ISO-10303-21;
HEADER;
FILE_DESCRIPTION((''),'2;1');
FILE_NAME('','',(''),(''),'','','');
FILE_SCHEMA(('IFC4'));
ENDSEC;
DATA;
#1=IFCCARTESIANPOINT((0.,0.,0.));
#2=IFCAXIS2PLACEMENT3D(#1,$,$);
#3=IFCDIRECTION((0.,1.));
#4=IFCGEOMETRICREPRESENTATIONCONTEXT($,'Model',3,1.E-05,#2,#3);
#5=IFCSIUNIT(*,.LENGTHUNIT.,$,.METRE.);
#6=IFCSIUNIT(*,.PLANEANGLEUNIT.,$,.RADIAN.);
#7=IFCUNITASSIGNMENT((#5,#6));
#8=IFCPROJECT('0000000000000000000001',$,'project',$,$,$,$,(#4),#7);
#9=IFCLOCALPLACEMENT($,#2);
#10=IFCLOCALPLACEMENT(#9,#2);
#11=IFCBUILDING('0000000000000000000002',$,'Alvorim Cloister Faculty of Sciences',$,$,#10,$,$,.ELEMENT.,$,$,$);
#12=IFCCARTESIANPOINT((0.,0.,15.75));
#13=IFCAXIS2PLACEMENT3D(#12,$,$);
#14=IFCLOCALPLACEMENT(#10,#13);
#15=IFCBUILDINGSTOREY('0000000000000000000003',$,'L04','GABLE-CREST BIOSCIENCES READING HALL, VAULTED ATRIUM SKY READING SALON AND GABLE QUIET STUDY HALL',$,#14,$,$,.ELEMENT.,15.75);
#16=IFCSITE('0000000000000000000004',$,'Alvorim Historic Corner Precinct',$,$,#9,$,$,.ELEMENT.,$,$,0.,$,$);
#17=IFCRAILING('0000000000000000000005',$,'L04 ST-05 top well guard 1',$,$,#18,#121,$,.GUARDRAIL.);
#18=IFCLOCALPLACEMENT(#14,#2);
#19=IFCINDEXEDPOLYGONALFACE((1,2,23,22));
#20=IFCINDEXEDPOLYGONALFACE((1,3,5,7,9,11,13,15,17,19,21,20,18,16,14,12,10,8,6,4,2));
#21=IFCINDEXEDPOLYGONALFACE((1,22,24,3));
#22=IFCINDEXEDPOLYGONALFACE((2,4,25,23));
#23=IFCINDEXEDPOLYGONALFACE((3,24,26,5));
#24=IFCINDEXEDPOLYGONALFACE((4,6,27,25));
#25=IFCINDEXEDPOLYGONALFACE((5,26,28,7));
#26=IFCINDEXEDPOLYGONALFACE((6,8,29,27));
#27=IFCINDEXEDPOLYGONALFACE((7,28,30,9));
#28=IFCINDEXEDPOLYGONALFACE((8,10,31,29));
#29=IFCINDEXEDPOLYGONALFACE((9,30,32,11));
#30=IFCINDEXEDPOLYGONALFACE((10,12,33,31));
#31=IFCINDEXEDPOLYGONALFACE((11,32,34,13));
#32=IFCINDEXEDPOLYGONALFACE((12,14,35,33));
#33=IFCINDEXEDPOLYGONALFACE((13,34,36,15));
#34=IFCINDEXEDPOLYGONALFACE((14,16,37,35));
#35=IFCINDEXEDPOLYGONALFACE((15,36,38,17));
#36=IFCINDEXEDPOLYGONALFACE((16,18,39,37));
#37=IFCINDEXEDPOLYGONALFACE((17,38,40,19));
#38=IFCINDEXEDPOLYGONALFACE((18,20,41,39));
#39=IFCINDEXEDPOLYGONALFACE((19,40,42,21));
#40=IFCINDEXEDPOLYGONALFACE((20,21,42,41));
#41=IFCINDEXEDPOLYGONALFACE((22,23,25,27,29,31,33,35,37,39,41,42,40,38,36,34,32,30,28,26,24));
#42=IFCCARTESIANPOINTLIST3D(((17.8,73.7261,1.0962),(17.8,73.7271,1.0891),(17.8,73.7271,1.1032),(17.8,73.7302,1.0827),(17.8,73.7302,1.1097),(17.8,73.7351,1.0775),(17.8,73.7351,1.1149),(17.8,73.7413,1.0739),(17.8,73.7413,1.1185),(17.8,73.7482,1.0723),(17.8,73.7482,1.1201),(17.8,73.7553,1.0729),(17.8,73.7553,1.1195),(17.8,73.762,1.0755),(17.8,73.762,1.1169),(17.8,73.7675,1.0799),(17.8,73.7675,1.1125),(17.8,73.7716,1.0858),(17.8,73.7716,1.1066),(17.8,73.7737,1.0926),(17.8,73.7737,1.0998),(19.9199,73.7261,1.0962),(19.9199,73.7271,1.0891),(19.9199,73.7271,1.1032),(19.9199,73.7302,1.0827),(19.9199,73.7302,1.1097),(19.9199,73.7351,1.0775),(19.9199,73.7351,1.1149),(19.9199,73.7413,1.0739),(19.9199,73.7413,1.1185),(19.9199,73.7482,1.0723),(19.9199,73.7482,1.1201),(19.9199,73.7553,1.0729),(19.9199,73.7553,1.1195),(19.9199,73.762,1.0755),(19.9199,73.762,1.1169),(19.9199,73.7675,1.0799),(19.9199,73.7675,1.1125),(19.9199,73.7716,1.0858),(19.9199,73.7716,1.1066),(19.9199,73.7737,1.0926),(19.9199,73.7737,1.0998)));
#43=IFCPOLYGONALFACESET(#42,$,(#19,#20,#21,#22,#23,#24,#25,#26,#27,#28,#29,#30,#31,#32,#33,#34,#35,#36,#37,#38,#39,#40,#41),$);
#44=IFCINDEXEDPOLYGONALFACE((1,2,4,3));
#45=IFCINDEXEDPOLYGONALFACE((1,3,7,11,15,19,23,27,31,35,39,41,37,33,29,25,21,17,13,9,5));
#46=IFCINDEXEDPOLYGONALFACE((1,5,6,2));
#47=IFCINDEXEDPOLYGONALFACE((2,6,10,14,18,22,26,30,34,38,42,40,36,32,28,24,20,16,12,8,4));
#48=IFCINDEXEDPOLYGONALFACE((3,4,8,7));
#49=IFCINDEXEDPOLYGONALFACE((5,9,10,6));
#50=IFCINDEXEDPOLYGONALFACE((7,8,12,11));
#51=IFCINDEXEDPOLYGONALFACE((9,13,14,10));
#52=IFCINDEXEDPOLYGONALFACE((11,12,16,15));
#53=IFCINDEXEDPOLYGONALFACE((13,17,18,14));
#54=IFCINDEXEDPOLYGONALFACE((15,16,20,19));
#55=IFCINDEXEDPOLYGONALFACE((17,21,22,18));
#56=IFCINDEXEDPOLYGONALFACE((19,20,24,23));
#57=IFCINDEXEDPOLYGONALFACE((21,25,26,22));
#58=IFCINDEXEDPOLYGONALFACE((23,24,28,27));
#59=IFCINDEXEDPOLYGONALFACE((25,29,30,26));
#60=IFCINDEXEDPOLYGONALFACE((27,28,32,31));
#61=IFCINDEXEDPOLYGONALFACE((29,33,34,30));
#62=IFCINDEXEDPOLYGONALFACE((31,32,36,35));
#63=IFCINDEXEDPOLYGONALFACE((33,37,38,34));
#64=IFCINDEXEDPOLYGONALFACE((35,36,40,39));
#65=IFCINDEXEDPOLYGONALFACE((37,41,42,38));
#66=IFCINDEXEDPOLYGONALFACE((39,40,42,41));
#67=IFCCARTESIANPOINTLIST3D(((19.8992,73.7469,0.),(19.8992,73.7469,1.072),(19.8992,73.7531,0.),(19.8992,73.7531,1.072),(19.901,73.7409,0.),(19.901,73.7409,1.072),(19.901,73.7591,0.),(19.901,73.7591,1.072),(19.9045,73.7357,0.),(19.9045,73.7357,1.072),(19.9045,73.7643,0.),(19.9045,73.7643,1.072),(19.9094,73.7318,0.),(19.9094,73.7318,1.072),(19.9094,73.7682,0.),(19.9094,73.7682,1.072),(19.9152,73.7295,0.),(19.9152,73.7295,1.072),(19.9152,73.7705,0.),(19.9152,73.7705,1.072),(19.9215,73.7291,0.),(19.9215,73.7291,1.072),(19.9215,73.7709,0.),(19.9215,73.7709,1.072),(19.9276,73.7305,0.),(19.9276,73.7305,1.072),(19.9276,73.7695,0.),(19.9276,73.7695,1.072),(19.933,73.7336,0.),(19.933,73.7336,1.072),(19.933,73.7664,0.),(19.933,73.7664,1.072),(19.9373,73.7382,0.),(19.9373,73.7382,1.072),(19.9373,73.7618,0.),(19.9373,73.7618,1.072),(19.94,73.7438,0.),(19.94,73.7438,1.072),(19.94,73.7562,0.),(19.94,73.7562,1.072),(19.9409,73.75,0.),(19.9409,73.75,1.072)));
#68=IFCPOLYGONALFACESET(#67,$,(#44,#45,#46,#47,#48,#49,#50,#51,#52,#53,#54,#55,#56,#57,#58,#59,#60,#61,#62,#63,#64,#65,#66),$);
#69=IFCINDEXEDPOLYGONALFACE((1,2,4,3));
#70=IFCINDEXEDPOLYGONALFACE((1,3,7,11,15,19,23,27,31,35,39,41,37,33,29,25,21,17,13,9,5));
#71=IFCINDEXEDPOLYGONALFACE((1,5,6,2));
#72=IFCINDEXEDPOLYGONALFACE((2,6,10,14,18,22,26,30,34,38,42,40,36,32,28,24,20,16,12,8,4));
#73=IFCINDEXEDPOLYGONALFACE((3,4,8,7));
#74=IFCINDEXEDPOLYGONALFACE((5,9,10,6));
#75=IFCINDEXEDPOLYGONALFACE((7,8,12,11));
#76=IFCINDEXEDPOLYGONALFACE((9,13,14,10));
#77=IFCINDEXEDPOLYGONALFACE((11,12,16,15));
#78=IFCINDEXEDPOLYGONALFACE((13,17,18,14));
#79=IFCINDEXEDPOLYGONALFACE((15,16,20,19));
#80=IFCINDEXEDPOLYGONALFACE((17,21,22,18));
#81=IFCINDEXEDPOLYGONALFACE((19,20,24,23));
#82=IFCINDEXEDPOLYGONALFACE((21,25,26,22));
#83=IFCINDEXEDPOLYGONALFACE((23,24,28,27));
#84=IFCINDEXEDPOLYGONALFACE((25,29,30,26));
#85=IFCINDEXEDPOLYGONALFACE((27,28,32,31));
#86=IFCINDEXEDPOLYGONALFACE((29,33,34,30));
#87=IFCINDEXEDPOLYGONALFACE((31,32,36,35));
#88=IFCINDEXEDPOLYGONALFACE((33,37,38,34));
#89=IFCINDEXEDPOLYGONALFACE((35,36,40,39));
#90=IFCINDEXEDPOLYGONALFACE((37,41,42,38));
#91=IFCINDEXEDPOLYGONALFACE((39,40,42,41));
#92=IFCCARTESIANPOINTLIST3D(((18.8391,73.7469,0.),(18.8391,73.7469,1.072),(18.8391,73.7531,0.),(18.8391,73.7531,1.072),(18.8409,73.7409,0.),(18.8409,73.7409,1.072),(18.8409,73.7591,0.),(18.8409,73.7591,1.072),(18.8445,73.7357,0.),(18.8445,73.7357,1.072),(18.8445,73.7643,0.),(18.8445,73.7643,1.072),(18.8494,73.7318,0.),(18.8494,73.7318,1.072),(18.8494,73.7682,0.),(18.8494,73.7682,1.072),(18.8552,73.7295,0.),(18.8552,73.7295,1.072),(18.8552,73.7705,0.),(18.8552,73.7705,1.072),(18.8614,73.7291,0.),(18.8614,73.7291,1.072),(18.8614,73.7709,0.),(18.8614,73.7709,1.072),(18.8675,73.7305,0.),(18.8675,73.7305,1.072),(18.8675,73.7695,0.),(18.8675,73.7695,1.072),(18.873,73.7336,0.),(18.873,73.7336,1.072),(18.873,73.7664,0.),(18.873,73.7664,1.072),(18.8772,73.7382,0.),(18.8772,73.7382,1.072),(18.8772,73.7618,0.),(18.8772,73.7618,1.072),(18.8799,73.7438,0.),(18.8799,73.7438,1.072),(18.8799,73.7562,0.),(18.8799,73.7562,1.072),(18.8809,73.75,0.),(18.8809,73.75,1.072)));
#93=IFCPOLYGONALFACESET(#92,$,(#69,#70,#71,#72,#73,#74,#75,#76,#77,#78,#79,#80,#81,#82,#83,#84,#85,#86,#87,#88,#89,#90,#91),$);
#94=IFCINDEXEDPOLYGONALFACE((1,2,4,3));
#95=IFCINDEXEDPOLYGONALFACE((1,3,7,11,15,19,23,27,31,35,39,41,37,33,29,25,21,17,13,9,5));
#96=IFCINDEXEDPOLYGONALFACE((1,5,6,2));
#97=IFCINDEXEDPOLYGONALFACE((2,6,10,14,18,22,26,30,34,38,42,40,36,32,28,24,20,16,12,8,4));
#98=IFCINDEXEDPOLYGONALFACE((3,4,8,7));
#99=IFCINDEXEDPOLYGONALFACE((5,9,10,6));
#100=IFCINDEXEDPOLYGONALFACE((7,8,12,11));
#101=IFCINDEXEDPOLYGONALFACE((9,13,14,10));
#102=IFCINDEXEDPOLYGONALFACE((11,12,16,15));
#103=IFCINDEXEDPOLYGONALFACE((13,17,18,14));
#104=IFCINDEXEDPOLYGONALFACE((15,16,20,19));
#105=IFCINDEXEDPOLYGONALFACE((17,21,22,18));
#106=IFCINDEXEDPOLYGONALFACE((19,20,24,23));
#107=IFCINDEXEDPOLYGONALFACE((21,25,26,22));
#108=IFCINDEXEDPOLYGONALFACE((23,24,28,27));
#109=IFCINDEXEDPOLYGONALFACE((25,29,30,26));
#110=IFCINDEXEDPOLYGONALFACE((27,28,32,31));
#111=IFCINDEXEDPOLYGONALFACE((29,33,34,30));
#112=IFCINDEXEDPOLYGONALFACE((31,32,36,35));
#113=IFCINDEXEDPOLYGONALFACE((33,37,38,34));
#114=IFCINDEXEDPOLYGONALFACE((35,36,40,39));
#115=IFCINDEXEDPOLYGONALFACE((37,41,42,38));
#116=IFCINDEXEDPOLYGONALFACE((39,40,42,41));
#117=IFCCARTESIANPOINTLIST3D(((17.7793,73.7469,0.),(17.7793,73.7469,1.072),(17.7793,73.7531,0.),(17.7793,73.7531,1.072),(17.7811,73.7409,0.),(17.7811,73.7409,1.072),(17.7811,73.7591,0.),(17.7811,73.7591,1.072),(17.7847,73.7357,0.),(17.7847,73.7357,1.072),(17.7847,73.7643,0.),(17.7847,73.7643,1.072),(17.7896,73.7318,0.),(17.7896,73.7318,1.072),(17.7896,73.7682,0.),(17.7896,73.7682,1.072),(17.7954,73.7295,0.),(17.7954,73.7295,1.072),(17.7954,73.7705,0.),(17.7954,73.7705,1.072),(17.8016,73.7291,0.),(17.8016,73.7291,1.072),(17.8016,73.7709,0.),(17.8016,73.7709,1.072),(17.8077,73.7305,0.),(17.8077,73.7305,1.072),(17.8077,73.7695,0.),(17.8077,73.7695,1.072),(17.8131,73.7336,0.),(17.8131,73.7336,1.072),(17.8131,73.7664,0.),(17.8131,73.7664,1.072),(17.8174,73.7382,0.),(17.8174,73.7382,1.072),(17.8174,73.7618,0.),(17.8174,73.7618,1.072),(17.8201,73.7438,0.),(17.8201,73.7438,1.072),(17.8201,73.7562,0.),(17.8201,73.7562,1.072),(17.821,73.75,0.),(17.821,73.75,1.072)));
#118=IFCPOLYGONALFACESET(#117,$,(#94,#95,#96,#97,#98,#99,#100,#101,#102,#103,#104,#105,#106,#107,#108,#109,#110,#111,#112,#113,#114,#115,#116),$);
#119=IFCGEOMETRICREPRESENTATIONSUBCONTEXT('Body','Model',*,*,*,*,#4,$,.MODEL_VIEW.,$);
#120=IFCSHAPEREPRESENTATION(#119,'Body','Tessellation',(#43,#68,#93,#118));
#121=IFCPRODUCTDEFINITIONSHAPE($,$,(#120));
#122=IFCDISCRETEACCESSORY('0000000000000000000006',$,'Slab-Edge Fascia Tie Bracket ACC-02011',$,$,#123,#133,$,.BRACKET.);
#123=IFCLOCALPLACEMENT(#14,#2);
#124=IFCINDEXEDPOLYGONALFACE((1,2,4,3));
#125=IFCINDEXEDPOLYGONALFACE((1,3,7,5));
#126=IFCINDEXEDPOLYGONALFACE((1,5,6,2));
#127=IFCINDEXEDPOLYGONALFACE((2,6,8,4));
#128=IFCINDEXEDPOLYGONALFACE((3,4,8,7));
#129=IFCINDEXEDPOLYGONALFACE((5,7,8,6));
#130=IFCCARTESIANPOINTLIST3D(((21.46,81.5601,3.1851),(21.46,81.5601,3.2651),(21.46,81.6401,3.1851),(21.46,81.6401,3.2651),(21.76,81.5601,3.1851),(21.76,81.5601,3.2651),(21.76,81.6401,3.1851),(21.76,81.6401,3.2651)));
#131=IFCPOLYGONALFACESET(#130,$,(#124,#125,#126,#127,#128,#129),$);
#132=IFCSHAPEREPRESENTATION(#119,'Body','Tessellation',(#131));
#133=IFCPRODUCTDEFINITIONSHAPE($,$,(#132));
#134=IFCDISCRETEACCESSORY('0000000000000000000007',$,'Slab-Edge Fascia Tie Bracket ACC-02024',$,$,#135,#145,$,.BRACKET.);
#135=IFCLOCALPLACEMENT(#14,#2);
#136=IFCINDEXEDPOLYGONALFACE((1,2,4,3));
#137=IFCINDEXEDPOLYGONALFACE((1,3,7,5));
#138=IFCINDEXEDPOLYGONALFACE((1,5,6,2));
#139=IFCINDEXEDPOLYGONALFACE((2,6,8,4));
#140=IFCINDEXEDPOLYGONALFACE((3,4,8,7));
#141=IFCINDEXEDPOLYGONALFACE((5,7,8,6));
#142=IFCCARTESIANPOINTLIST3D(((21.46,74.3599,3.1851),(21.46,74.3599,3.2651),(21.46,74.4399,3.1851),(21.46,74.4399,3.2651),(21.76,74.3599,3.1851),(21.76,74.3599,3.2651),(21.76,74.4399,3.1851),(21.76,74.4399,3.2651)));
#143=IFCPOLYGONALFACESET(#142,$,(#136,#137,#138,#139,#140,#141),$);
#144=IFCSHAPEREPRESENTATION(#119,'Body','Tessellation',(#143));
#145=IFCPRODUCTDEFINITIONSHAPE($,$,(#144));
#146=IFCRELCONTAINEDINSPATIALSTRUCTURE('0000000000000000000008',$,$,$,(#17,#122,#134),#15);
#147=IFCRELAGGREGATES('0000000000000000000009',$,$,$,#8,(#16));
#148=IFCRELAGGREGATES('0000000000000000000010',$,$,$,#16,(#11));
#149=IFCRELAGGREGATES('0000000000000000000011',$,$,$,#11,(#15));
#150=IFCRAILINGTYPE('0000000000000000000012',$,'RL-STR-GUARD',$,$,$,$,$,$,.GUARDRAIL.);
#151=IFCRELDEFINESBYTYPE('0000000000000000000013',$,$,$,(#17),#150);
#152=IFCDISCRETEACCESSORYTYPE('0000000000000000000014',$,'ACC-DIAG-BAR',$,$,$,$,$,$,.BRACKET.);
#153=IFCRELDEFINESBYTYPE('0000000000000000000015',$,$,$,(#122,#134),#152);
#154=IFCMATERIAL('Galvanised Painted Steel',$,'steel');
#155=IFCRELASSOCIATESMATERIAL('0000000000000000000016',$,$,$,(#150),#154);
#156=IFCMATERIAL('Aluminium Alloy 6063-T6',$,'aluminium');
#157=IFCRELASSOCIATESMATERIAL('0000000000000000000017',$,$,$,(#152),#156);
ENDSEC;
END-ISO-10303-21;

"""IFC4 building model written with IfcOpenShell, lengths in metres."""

from ifc_helpers import new_model, si_unit, direction, frame, origin, origin_2d, place, context, subcontext, project, spatial, rectangle, circle, extrude, material, type_object, element, save


model = new_model("IFC4")

# Units and contexts
model_context = context("Model", 3, precision=1e-05, world=origin(), true_north=direction((0.0, 1.0)))
body_context = subcontext(model_context, "Body", "Model", "MODEL_VIEW")
ifc_project = project(units=[si_unit("LENGTHUNIT", "METRE"), si_unit("PLANEANGLEUNIT", "RADIAN")], contexts=[model_context])

# Site, building, storey
site_placement = place(None, origin())
site = spatial("IfcSite", under=ifc_project, at=site_placement, Name="Alvorim Historic Corner Precinct", CompositionType="ELEMENT", RefElevation=0.0)
building_placement = place(site_placement, origin())
building = spatial("IfcBuilding", under=site, at=building_placement, Name="Alvorim Cloister Faculty of Sciences", CompositionType="ELEMENT")
storey_placement = place(building_placement, frame((0.0, 0.0, 15.75)))
storey = spatial("IfcBuildingStorey", under=building, at=storey_placement, Name="L04", Description="GABLE-CREST BIOSCIENCES READING HALL, VAULTED ATRIUM SKY READING SALON AND GABLE QUIET STUDY HALL", CompositionType="ELEMENT", Elevation=15.75)

# Shared definitions
ifc_material_1 = material(Name="Aluminium Alloy 6063-T6", Category="aluminium")

# Railing
ifc_material_2 = material(Name="Galvanised Painted Steel", Category="steel")
railing_type_1 = type_object("IfcRailingType", Name="RL-STR-GUARD", PredefinedType="GUARDRAIL", material=ifc_material_2)
railing_1_placement = place(storey_placement, frame((19.9199, 73.75, 0.0)))
element("IfcRailing", 1, at=railing_1_placement, inside=storey, type_object=railing_type_1, Name="L04 ST-05 top well guard 1", PredefinedType="GUARDRAIL", context=body_context, shape_type="SweptSolid", body=[
    extrude(circle(Radius=0.0239, at=origin_2d()), frame((0.0, 0.0, 1.0962), z_axis=(-1.0, 0.0, 0.0), x_axis=(0.0, -1.0, 0.0)), (0.0, 0.0, 1.0), 2.1199),
    extrude(circle(Radius=0.021, at=origin_2d()), origin(), (0.0, 0.0, 1.0), 1.072),
    extrude(circle(Radius=0.021, at=origin_2d()), frame((-1.0601, 0.0, 0.0)), (0.0, 0.0, 1.0), 1.072),
    extrude(circle(Radius=0.021, at=origin_2d()), frame((-2.1199, 0.0, 0.0)), (0.0, 0.0, 1.0), 1.072),
])

# Discrete accessories
discrete_accessory_type = type_object("IfcDiscreteAccessoryType", Name="ACC-DIAG-BAR", PredefinedType="BRACKET", material=ifc_material_1)
for number, where, z_axis, x_axis, name in (
    (2, (21.46, 81.6001, 3.2251), (1.0, 0.0, 0.0), (0.0, 1.0, 0.0), "Slab-Edge Fascia Tie Bracket ACC-02011"),
    (3, (21.46, 74.3999, 3.2251), (1.0, 0.0, 0.0), (0.0, 1.0, 0.0), "Slab-Edge Fascia Tie Bracket ACC-02024"),
):
    element("IfcDiscreteAccessory", number, at=place(storey_placement, frame(where, z_axis=z_axis, x_axis=x_axis)), inside=storey, type_object=discrete_accessory_type, Name=name, PredefinedType="BRACKET", context=body_context, shape_type="SweptSolid", body=[
        extrude(rectangle(XDim=0.0801, YDim=0.0801, at=origin_2d()), origin(), (0.0, 0.0, 1.0), 0.3),
    ])

save(model, "model.ifc")
